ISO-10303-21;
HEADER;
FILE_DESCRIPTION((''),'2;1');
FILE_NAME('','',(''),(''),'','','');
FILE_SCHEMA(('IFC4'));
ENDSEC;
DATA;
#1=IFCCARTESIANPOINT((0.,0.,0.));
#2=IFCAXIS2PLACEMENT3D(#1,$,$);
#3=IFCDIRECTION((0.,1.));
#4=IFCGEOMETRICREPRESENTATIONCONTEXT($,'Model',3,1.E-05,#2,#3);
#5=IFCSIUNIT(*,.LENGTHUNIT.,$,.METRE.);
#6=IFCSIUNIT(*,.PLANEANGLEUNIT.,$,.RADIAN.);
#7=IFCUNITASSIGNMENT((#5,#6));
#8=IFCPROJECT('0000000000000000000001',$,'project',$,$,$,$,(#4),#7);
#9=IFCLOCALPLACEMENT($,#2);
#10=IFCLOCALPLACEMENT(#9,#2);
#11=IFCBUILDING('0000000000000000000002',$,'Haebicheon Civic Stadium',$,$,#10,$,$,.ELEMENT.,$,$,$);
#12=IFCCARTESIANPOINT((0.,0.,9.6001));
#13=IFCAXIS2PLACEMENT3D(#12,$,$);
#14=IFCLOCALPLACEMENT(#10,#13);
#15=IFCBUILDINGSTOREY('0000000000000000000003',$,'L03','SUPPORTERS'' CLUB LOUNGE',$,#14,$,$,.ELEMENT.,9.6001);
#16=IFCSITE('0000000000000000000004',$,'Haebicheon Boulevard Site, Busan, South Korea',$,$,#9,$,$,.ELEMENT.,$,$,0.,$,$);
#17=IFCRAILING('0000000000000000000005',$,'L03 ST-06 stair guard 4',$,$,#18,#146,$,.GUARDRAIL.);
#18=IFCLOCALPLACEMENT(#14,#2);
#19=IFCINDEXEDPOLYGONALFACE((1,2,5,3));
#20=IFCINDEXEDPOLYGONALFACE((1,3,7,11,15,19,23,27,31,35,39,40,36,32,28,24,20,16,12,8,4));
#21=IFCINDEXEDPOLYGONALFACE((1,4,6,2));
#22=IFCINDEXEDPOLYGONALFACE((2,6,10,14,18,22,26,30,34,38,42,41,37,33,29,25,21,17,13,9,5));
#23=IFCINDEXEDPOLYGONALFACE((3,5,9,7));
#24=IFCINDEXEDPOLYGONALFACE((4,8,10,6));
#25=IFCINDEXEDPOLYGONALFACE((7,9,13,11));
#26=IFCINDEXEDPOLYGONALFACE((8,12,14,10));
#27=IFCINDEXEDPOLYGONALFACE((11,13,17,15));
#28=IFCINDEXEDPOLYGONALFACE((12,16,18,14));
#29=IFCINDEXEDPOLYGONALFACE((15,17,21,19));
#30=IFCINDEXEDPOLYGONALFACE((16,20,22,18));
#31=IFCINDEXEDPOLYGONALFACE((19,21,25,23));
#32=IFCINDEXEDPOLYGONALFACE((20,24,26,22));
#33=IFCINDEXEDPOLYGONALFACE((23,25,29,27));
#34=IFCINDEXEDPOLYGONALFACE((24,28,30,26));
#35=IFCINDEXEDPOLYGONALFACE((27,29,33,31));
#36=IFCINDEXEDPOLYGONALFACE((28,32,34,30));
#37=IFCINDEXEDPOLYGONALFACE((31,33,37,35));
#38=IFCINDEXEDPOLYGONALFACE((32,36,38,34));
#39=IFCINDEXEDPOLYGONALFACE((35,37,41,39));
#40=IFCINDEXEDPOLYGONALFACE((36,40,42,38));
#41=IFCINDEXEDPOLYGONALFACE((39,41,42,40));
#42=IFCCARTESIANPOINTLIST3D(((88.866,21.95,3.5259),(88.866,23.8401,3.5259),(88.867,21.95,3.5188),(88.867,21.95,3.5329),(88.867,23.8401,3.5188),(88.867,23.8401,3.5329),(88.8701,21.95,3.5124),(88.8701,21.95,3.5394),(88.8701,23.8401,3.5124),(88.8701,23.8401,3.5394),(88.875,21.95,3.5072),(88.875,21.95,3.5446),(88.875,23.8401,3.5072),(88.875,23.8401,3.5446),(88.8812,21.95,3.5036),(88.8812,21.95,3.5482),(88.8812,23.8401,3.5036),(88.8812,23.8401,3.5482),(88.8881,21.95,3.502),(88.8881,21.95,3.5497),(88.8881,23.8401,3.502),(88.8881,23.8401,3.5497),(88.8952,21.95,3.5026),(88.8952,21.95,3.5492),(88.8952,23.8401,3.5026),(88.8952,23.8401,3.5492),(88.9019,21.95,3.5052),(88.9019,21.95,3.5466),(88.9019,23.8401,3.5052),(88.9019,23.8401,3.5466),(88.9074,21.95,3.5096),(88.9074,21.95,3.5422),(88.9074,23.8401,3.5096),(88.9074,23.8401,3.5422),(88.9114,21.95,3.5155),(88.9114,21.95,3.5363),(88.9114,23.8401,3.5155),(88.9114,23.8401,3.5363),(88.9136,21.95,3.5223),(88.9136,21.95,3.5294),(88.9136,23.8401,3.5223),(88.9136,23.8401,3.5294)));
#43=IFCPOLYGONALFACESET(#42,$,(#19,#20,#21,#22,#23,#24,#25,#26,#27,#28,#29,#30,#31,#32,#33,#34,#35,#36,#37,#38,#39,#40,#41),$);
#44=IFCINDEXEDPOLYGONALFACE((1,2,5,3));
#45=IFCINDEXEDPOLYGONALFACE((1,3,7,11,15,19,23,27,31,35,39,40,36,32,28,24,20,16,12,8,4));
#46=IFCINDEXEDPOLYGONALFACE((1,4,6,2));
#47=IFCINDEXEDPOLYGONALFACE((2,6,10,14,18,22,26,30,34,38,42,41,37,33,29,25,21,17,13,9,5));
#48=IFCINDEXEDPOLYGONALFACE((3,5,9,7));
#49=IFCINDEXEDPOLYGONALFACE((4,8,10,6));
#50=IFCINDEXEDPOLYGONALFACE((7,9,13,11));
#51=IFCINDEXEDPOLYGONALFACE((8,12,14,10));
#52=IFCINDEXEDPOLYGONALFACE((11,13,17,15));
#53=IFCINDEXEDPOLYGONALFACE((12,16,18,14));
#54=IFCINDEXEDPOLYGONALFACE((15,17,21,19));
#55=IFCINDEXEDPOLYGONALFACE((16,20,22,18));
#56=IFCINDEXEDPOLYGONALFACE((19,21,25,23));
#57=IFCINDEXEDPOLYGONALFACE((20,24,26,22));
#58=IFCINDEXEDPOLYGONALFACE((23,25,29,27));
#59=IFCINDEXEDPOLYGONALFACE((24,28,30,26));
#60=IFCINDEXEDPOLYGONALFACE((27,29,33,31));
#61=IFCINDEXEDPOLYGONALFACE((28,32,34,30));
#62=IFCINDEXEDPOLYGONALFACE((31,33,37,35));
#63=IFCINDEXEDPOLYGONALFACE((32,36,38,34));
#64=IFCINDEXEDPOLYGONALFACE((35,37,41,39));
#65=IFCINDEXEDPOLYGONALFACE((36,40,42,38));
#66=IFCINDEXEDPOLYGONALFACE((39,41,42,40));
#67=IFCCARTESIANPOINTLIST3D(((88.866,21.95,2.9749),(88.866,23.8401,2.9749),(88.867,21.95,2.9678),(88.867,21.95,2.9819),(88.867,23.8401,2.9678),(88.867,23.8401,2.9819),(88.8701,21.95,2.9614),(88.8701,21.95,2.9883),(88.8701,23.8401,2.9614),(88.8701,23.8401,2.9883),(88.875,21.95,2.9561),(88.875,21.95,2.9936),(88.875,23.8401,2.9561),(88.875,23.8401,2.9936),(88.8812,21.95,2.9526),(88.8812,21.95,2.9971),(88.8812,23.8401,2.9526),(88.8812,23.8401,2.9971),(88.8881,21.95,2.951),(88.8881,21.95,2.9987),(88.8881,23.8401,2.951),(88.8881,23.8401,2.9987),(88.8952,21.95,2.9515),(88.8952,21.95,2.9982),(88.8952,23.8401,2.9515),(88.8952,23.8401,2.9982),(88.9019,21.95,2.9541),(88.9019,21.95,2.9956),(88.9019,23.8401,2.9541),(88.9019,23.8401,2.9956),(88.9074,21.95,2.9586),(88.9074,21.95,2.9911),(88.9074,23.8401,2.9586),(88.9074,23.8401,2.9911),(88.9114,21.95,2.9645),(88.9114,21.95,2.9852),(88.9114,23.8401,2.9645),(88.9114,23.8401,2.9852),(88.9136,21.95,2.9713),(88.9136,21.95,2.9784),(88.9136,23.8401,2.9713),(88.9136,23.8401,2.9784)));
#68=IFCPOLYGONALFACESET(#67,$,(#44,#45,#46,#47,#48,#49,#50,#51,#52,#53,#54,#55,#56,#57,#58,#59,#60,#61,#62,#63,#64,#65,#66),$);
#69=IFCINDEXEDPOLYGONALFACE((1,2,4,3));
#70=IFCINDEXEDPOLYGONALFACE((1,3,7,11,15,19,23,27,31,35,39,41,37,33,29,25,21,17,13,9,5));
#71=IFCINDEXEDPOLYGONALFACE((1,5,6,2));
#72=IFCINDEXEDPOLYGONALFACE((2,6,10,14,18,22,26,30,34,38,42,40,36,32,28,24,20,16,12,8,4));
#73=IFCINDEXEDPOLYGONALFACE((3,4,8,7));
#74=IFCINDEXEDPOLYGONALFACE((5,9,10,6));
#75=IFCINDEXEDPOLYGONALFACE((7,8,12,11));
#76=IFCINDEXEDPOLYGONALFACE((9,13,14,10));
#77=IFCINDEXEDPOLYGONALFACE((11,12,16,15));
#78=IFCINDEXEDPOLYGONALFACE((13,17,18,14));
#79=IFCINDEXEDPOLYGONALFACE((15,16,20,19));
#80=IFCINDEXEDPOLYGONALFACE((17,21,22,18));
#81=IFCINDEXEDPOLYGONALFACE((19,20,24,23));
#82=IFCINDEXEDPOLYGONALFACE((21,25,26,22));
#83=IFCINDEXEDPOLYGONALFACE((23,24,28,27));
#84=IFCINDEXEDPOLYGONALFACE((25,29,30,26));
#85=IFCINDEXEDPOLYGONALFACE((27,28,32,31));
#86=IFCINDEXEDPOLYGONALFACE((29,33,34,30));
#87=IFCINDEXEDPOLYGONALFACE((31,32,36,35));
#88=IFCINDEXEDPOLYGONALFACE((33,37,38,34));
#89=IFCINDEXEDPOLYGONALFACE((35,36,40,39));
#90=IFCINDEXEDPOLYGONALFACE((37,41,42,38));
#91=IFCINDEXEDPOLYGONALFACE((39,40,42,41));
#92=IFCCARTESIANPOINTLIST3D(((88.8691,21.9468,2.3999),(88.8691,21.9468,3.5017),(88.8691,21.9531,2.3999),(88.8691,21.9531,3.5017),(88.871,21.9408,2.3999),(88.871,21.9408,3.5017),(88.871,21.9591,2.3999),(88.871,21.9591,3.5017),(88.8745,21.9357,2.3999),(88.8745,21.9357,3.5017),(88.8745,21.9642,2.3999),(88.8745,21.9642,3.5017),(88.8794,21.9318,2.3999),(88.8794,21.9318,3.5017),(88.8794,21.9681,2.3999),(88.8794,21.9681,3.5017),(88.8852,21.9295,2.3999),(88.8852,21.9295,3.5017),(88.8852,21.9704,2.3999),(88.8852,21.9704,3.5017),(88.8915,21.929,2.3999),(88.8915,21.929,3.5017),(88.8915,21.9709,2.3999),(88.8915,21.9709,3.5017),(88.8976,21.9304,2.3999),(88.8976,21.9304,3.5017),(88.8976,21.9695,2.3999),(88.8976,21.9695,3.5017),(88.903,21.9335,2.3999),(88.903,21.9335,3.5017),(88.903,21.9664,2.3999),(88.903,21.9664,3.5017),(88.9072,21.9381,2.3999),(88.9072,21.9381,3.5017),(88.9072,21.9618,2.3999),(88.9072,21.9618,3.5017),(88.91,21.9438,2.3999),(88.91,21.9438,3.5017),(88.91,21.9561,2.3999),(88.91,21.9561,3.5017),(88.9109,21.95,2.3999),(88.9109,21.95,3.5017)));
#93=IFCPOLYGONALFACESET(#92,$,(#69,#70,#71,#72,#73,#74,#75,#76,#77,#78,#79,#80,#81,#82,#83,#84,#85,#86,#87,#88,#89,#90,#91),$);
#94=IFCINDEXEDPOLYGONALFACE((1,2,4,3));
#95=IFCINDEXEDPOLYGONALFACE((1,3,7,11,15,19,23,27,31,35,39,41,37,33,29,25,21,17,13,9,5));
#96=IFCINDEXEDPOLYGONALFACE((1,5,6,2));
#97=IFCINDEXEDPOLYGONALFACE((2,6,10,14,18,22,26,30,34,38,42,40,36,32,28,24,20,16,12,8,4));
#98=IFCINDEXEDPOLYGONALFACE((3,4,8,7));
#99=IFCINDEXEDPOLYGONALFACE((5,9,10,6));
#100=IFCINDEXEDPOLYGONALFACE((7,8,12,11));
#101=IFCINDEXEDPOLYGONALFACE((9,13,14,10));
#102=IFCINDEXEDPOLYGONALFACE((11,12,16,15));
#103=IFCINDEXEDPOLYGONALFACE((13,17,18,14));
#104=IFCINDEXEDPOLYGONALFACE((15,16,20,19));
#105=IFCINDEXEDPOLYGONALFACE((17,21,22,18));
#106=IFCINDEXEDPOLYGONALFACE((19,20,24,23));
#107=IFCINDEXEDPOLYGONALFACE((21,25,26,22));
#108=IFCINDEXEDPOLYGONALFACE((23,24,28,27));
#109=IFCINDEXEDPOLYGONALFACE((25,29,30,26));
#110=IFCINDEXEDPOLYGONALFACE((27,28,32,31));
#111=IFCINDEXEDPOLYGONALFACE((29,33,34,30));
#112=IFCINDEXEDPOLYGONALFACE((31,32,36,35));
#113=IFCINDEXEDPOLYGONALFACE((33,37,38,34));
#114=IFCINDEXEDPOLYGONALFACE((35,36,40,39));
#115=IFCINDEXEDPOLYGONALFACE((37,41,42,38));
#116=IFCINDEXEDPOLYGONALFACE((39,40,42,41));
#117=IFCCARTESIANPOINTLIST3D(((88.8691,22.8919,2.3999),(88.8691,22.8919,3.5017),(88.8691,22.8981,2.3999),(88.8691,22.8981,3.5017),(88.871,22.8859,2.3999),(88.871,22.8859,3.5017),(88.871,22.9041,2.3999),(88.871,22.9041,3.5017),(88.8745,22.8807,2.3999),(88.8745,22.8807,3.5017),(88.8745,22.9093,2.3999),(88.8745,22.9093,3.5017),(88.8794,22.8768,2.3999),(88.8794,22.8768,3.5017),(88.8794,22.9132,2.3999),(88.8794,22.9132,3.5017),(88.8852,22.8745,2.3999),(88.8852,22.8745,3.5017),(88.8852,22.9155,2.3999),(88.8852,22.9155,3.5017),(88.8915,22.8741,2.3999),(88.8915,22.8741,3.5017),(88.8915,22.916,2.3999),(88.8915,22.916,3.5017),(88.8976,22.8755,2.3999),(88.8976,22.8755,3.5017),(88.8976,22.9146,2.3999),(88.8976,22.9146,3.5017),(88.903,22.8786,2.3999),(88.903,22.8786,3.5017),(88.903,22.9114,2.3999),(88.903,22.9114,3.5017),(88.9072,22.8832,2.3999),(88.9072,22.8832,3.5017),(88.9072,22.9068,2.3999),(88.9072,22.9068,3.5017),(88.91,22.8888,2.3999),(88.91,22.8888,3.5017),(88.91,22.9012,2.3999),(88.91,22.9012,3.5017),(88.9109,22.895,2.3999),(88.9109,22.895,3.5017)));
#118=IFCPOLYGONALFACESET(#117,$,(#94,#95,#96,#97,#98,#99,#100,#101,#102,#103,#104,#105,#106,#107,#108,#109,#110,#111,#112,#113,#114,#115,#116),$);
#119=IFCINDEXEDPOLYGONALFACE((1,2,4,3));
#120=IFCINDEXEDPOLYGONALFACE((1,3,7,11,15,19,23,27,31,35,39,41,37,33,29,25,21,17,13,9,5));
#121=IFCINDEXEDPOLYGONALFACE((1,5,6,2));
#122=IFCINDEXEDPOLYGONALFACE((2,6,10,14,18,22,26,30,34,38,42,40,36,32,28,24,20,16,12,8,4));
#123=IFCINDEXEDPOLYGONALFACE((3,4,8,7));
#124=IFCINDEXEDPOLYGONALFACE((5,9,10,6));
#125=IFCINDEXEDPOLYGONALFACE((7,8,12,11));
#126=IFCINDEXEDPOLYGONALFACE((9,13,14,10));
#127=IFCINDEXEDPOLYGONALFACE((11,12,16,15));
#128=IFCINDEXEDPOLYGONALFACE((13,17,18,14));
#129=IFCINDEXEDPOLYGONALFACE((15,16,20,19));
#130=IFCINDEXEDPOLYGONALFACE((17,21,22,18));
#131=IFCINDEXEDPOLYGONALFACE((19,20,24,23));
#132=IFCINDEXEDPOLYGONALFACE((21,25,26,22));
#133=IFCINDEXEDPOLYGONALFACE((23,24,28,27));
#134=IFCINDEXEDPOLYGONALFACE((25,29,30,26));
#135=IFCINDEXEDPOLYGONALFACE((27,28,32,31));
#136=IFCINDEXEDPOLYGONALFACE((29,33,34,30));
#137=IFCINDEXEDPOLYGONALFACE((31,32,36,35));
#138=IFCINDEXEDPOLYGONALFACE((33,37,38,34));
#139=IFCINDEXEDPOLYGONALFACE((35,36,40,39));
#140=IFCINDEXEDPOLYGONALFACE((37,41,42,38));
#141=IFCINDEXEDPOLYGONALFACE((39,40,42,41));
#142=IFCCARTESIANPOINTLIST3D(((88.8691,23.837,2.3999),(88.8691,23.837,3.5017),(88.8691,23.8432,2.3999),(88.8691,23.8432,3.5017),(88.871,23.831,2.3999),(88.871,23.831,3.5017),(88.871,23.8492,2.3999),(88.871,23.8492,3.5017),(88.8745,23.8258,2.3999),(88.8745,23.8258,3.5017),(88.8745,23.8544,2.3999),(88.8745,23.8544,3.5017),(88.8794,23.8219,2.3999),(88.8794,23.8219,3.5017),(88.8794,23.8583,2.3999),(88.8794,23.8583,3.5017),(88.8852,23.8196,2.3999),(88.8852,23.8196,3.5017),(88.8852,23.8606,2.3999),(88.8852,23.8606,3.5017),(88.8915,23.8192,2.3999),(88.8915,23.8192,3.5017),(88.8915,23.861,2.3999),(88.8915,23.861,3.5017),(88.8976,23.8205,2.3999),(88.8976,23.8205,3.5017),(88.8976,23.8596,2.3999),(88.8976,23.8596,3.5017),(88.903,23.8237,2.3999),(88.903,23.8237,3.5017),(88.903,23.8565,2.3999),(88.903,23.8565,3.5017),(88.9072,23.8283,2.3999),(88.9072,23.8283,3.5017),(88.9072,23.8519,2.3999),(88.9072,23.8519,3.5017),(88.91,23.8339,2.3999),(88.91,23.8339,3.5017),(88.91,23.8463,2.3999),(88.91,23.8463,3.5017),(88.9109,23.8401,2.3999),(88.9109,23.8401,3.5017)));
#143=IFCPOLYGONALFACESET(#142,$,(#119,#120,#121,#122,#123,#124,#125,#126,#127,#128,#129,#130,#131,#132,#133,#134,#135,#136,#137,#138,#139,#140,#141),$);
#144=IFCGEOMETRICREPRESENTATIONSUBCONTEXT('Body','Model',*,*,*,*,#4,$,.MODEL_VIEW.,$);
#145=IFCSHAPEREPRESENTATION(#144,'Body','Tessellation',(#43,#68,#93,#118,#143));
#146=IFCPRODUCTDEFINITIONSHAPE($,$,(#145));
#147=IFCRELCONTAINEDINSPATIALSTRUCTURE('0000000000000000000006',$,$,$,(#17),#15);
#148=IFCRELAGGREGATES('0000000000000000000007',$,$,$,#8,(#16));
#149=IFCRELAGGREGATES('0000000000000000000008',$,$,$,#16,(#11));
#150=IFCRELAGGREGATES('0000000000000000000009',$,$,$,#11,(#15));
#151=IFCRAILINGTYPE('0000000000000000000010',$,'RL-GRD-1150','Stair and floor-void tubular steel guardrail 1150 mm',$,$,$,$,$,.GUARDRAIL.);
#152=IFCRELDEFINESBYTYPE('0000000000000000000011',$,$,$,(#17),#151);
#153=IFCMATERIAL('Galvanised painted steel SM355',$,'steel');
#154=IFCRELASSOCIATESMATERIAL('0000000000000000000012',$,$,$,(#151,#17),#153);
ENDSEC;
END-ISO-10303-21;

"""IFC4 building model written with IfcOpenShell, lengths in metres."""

from ifc_helpers import new_model, si_unit, direction, frame, origin, origin_2d, place, context, subcontext, project, spatial, circle, extrude, material, type_object, element, save


model = new_model("IFC4")

# Units and contexts
model_context = context("Model", 3, precision=1e-05, world=origin(), true_north=direction((0.0, 1.0)))
body_context = subcontext(model_context, "Body", "Model", "MODEL_VIEW")
ifc_project = project(units=[si_unit("LENGTHUNIT", "METRE"), si_unit("PLANEANGLEUNIT", "RADIAN")], contexts=[model_context])

# Site, building, storey
site_placement = place(None, origin())
site = spatial("IfcSite", under=ifc_project, at=site_placement, Name="Haebicheon Boulevard Site, Busan, South Korea", CompositionType="ELEMENT", RefElevation=0.0)
building_placement = place(site_placement, origin())
building = spatial("IfcBuilding", under=site, at=building_placement, Name="Haebicheon Civic Stadium", CompositionType="ELEMENT")
storey_placement = place(building_placement, frame((0.0, 0.0, 9.6001)))
storey = spatial("IfcBuildingStorey", under=building, at=storey_placement, Name="L03", Description="SUPPORTERS' CLUB LOUNGE", CompositionType="ELEMENT", Elevation=9.6001)

# Railing
ifc_material_1 = material(Name="Galvanised painted steel SM355", Category="steel")
railing_type_1 = type_object("IfcRailingType", Name="RL-GRD-1150", Description="Stair and floor-void tubular steel guardrail 1150 mm", PredefinedType="GUARDRAIL", material=ifc_material_1)
for number, where, name in (
    (1, (88.8899, 21.95, 2.3999), "L03 ST-06 stair guard 4"),
):
    element("IfcRailing", number, at=place(storey_placement, frame(where)), inside=storey, type_object=railing_type_1, material=ifc_material_1, Name=name, PredefinedType="GUARDRAIL", context=body_context, shape_type="SweptSolid", body=[
        extrude(circle(Radius=0.0239, at=origin_2d()), frame((0.0, 0.0, 1.126), z_axis=(0.0, 1.0, 0.0), x_axis=(-1.0, 0.0, 0.0)), (0.0, 0.0, 1.0), 1.8901),
        extrude(circle(Radius=0.0239, at=origin_2d()), frame((0.0, 0.0, 0.575), z_axis=(0.0, 1.0, 0.0), x_axis=(-1.0, 0.0, 0.0)), (0.0, 0.0, 1.0), 1.8901),
        extrude(circle(Radius=0.021, at=origin_2d()), origin(), (0.0, 0.0, 1.0), 1.1018),
        extrude(circle(Radius=0.021, at=origin_2d()), frame((0.0, 0.9451, 0.0)), (0.0, 0.0, 1.0), 1.1018),
        extrude(circle(Radius=0.021, at=origin_2d()), frame((0.0, 1.8901, 0.0)), (0.0, 0.0, 1.0), 1.1018),
    ])

save(model, "model.ifc")
